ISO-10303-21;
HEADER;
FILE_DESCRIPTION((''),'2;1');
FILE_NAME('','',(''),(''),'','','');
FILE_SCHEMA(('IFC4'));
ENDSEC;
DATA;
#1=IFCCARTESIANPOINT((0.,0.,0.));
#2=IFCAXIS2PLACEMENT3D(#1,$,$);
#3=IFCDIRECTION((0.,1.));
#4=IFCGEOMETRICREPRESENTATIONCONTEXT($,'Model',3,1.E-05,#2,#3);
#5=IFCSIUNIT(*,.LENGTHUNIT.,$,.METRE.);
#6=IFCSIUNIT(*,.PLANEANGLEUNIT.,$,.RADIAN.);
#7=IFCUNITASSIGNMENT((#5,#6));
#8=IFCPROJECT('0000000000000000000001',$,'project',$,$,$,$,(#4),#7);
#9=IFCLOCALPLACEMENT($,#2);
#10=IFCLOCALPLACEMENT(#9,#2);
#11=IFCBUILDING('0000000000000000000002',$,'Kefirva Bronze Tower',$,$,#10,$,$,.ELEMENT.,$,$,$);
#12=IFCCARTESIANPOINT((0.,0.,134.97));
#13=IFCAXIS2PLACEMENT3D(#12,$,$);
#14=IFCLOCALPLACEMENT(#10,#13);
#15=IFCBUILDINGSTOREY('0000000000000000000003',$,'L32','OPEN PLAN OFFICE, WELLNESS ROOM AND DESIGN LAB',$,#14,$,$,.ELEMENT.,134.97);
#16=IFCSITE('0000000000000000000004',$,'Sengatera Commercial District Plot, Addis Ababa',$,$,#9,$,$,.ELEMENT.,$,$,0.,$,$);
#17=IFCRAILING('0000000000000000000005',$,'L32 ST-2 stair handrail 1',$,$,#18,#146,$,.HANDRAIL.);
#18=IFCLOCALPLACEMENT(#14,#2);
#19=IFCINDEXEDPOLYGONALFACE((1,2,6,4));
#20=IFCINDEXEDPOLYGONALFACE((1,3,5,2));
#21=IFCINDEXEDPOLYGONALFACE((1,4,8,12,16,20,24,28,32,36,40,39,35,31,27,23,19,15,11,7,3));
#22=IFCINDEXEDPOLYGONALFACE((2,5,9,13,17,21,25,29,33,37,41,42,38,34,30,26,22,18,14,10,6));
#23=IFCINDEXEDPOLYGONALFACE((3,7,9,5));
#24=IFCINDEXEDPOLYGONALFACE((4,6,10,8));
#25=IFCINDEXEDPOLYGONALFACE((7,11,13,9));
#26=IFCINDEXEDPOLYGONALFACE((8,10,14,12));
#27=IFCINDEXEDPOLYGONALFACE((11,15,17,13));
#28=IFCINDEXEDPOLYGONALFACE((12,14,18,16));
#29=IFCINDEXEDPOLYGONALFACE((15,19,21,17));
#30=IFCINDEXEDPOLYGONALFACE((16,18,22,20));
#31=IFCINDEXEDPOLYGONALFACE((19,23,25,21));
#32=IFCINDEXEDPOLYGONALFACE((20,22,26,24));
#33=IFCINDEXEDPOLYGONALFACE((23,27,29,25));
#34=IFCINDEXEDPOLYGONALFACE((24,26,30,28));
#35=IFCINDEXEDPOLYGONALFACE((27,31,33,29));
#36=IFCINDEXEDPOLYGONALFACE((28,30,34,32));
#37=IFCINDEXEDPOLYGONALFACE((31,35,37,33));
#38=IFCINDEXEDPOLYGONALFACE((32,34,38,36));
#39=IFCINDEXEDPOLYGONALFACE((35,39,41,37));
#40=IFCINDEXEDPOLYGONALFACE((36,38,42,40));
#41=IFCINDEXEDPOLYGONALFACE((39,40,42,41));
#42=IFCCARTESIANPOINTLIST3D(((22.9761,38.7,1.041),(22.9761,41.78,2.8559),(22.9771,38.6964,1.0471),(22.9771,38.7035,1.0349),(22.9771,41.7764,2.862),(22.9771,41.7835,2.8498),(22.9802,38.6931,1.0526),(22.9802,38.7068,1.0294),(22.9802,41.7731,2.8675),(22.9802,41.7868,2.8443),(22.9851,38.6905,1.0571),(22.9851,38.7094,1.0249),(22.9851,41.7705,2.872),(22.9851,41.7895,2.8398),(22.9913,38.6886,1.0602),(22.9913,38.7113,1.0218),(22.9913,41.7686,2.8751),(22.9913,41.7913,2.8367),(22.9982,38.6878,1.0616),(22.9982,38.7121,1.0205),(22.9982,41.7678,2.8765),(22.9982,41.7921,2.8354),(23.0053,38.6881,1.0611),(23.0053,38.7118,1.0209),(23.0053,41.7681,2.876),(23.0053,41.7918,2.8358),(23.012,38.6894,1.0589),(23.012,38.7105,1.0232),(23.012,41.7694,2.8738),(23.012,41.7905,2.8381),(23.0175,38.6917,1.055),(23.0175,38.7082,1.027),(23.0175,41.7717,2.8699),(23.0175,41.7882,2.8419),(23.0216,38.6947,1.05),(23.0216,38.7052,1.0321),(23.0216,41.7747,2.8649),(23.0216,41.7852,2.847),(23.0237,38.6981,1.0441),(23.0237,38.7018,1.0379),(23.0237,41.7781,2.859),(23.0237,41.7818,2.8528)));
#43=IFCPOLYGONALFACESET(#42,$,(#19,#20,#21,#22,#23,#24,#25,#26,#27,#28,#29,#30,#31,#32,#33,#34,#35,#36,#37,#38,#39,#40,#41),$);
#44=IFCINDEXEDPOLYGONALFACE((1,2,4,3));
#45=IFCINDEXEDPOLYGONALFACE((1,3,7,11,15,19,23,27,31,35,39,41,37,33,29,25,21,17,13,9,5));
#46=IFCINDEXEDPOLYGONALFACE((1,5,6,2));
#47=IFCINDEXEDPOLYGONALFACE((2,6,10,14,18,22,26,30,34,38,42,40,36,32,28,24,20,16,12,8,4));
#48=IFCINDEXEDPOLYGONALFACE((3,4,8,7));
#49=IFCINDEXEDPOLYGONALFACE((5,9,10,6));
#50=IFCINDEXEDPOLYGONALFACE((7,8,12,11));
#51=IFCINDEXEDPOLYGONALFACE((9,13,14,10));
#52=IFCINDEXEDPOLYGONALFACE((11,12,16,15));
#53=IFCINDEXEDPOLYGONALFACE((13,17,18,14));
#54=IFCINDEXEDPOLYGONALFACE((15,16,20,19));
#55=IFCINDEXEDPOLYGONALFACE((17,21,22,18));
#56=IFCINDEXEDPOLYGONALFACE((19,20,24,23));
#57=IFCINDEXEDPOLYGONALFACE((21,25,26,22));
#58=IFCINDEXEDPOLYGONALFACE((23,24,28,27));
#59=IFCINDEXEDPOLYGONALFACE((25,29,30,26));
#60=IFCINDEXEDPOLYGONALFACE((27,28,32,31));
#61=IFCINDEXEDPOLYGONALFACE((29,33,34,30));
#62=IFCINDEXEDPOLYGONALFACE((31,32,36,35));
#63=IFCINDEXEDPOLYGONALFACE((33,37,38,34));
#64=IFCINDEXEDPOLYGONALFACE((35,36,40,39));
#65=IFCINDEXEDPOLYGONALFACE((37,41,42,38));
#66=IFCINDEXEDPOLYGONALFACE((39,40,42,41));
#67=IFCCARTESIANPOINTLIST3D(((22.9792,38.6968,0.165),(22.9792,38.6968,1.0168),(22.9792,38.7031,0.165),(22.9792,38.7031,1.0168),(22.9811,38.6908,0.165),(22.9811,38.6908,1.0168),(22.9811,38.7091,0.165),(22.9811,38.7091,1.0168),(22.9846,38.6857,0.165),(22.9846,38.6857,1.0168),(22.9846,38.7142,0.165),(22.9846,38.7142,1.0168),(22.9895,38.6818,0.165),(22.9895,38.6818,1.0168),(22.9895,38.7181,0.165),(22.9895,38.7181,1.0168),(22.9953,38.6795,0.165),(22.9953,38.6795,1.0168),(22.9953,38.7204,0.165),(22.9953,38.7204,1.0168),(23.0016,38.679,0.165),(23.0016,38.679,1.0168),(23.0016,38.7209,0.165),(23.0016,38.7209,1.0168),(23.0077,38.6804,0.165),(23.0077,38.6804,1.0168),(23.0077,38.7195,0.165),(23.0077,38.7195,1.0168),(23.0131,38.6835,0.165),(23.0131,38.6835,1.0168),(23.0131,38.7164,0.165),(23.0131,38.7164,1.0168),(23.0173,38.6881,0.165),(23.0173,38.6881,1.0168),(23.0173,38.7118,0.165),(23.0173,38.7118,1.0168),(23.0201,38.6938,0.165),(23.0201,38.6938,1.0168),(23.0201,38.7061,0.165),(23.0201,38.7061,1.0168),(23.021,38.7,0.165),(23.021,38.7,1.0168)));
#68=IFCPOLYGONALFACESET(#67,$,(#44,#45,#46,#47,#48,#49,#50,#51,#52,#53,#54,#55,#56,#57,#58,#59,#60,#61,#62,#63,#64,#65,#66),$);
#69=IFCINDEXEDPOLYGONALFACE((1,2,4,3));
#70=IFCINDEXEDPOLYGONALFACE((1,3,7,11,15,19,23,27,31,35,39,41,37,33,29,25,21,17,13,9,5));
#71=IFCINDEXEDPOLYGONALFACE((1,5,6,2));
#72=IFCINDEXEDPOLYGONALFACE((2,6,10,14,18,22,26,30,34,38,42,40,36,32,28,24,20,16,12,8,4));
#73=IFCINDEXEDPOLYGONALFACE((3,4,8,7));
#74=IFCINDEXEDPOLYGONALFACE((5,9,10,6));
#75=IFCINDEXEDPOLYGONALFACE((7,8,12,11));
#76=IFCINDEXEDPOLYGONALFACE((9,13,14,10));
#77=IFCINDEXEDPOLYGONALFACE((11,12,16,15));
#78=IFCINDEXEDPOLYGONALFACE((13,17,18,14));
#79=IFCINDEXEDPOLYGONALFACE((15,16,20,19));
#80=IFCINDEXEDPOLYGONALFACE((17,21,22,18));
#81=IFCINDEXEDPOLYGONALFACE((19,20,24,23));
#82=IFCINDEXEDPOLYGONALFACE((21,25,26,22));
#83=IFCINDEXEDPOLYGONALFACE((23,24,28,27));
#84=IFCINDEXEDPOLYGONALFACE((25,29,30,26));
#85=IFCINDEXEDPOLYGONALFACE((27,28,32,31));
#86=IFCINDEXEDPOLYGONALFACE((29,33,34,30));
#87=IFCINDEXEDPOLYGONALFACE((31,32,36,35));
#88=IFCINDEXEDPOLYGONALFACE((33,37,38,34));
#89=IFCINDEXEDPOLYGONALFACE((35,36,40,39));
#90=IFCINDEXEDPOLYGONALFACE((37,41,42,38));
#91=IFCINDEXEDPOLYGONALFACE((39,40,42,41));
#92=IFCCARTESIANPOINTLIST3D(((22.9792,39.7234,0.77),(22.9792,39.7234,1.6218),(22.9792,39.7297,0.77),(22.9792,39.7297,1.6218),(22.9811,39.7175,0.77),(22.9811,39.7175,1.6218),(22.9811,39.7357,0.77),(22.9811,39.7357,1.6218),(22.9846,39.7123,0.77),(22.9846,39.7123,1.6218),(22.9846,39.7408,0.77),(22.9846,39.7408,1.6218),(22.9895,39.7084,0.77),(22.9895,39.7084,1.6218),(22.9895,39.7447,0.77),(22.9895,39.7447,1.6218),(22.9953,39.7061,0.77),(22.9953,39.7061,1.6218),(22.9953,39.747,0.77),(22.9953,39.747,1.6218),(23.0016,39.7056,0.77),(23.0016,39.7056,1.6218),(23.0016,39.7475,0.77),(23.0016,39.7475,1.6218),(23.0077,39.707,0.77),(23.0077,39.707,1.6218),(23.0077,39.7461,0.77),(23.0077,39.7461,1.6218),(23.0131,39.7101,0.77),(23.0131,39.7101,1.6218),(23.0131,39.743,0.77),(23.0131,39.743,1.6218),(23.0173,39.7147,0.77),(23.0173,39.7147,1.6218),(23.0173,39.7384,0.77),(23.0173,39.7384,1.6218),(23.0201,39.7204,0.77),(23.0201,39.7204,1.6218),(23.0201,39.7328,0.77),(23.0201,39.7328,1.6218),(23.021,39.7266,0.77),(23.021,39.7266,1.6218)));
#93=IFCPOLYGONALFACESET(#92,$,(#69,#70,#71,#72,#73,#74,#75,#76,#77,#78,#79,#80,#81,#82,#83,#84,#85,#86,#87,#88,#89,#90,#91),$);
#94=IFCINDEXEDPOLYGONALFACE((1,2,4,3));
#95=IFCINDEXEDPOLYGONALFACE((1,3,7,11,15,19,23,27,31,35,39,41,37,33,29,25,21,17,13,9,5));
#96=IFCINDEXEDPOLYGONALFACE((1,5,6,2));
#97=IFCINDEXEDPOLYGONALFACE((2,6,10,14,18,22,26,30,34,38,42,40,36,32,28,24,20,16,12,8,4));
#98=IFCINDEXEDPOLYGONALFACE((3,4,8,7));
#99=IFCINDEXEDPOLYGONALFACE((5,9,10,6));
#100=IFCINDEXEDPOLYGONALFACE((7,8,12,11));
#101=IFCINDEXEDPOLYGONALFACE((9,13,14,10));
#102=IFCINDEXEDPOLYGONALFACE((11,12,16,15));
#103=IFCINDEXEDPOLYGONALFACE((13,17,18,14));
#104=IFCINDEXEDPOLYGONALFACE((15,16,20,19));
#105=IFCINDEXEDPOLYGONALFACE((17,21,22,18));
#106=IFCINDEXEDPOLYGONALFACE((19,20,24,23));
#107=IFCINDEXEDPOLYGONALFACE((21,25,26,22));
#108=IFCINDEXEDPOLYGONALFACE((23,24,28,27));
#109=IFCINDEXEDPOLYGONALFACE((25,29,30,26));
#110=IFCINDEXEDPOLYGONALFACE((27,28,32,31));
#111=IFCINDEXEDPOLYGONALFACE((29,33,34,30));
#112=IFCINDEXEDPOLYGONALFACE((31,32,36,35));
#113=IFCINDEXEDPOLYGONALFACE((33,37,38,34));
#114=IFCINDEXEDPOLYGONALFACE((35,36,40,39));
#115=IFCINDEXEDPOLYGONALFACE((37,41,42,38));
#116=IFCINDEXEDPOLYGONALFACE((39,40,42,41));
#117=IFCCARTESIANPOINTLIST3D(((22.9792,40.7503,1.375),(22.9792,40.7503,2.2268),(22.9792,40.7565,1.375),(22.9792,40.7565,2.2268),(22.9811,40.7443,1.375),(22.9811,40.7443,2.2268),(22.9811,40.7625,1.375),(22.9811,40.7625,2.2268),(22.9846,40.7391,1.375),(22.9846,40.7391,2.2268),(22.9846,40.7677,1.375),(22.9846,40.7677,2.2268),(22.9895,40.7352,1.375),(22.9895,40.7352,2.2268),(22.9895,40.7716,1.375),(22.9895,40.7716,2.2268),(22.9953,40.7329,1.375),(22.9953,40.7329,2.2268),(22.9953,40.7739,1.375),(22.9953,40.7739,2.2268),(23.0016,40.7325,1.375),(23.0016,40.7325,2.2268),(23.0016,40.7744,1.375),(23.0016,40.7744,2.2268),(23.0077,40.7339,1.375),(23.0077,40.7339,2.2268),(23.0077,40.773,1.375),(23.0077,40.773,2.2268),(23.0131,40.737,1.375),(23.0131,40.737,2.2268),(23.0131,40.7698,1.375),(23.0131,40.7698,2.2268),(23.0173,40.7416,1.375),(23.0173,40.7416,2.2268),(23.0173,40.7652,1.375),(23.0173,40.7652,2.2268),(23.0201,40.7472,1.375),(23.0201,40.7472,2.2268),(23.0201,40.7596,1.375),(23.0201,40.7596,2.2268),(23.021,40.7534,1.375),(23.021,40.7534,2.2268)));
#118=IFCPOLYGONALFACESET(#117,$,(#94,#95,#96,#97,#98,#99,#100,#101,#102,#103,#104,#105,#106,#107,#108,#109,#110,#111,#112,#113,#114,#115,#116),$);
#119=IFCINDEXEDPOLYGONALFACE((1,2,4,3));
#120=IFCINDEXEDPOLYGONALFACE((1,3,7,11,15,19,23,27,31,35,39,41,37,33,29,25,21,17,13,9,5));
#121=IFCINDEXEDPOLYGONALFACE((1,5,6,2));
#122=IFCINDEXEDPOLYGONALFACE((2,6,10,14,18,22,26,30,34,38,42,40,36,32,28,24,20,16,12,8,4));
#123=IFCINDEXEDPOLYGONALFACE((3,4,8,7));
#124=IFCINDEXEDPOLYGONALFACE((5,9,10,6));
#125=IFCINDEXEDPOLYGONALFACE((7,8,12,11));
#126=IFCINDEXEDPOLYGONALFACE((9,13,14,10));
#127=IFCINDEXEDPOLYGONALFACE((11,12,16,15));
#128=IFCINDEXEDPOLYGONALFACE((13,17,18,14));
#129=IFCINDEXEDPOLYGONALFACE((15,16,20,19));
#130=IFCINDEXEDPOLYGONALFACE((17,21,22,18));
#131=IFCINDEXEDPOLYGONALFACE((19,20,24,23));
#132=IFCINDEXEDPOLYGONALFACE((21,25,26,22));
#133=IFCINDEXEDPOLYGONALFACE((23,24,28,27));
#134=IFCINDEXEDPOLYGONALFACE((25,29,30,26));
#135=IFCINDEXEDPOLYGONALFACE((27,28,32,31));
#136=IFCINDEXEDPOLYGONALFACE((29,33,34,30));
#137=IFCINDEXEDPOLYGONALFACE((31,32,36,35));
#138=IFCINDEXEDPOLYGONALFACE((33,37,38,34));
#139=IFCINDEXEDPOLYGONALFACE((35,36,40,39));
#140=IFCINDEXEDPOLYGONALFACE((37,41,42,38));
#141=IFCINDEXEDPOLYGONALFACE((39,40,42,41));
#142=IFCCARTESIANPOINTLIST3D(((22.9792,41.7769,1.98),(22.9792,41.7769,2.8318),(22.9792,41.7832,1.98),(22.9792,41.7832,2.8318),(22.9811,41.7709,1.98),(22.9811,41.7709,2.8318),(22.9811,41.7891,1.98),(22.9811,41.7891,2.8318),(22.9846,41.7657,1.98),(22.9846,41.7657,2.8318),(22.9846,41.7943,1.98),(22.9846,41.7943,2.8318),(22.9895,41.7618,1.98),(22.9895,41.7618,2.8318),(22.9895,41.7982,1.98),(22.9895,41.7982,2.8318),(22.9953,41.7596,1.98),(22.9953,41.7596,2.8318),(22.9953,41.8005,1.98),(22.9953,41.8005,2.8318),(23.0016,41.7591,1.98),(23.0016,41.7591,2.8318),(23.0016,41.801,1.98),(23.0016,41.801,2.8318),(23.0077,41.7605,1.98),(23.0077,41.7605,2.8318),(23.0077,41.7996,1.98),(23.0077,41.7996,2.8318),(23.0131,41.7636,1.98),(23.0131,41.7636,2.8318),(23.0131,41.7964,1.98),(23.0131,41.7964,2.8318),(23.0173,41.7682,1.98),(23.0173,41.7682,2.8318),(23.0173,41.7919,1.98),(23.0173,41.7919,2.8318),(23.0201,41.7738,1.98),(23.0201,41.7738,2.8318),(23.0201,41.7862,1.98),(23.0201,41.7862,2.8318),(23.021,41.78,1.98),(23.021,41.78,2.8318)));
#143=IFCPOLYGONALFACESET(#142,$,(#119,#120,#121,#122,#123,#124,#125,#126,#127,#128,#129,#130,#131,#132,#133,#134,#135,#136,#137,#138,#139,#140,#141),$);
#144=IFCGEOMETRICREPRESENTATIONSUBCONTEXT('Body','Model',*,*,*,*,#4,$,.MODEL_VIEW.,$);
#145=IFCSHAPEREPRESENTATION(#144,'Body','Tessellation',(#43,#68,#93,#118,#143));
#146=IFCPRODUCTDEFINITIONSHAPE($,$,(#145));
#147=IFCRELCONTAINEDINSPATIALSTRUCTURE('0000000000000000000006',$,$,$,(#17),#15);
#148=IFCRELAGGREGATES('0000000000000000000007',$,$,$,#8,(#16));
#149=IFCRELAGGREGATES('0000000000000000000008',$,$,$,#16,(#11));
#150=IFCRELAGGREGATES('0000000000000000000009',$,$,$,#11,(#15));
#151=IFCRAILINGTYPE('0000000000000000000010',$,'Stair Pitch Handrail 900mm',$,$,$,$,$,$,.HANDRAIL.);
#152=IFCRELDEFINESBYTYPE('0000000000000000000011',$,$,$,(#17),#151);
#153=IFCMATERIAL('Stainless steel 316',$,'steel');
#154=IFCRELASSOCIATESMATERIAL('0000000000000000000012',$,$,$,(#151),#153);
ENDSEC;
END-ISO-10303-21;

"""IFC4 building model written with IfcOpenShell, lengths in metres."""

from ifc_helpers import new_model, si_unit, direction, frame, origin, origin_2d, place, context, subcontext, project, spatial, circle, extrude, material, type_object, element, save


model = new_model("IFC4")

# Units and contexts
model_context = context("Model", 3, precision=1e-05, world=origin(), true_north=direction((0.0, 1.0)))
body_context = subcontext(model_context, "Body", "Model", "MODEL_VIEW")
ifc_project = project(units=[si_unit("LENGTHUNIT", "METRE"), si_unit("PLANEANGLEUNIT", "RADIAN")], contexts=[model_context])

# Site, building, storey
site_placement = place(None, origin())
site = spatial("IfcSite", under=ifc_project, at=site_placement, Name="Sengatera Commercial District Plot, Addis Ababa", CompositionType="ELEMENT", RefElevation=0.0)
building_placement = place(site_placement, origin())
building = spatial("IfcBuilding", under=site, at=building_placement, Name="Kefirva Bronze Tower", CompositionType="ELEMENT")
storey_placement = place(building_placement, frame((0.0, 0.0, 134.97)))
storey = spatial("IfcBuildingStorey", under=building, at=storey_placement, Name="L32", Description="OPEN PLAN OFFICE, WELLNESS ROOM AND DESIGN LAB", CompositionType="ELEMENT", Elevation=134.97)

# Railing
ifc_material_1 = material(Name="Stainless steel 316", Category="steel")
railing_type_1 = type_object("IfcRailingType", Name="Stair Pitch Handrail 900mm", PredefinedType="HANDRAIL", material=ifc_material_1)
railing_1_placement = place(storey_placement, frame((23.0, 38.7, 0.165)))
element("IfcRailing", 1, at=railing_1_placement, inside=storey, type_object=railing_type_1, Name="L32 ST-2 stair handrail 1", PredefinedType="HANDRAIL", context=body_context, shape_type="SweptSolid", body=[
    extrude(circle(Radius=0.0239, at=origin_2d()), frame((0.0, 0.0, 0.876), z_axis=(0.0, 0.861551, 0.507671), x_axis=(-1.0, 0.0, 0.0)), (0.0, 0.0, 1.0), 3.575),
    extrude(circle(Radius=0.021, at=origin_2d()), origin(), (0.0, 0.0, 1.0), 0.8518),
    extrude(circle(Radius=0.021, at=origin_2d()), frame((0.0, 1.0266, 0.605)), (0.0, 0.0, 1.0), 0.8518),
    extrude(circle(Radius=0.021, at=origin_2d()), frame((0.0, 2.0535, 1.21)), (0.0, 0.0, 1.0), 0.8518),
    extrude(circle(Radius=0.021, at=origin_2d()), frame((0.0, 3.0801, 1.8149)), (0.0, 0.0, 1.0), 0.8518),
])

save(model, "model.ifc")
